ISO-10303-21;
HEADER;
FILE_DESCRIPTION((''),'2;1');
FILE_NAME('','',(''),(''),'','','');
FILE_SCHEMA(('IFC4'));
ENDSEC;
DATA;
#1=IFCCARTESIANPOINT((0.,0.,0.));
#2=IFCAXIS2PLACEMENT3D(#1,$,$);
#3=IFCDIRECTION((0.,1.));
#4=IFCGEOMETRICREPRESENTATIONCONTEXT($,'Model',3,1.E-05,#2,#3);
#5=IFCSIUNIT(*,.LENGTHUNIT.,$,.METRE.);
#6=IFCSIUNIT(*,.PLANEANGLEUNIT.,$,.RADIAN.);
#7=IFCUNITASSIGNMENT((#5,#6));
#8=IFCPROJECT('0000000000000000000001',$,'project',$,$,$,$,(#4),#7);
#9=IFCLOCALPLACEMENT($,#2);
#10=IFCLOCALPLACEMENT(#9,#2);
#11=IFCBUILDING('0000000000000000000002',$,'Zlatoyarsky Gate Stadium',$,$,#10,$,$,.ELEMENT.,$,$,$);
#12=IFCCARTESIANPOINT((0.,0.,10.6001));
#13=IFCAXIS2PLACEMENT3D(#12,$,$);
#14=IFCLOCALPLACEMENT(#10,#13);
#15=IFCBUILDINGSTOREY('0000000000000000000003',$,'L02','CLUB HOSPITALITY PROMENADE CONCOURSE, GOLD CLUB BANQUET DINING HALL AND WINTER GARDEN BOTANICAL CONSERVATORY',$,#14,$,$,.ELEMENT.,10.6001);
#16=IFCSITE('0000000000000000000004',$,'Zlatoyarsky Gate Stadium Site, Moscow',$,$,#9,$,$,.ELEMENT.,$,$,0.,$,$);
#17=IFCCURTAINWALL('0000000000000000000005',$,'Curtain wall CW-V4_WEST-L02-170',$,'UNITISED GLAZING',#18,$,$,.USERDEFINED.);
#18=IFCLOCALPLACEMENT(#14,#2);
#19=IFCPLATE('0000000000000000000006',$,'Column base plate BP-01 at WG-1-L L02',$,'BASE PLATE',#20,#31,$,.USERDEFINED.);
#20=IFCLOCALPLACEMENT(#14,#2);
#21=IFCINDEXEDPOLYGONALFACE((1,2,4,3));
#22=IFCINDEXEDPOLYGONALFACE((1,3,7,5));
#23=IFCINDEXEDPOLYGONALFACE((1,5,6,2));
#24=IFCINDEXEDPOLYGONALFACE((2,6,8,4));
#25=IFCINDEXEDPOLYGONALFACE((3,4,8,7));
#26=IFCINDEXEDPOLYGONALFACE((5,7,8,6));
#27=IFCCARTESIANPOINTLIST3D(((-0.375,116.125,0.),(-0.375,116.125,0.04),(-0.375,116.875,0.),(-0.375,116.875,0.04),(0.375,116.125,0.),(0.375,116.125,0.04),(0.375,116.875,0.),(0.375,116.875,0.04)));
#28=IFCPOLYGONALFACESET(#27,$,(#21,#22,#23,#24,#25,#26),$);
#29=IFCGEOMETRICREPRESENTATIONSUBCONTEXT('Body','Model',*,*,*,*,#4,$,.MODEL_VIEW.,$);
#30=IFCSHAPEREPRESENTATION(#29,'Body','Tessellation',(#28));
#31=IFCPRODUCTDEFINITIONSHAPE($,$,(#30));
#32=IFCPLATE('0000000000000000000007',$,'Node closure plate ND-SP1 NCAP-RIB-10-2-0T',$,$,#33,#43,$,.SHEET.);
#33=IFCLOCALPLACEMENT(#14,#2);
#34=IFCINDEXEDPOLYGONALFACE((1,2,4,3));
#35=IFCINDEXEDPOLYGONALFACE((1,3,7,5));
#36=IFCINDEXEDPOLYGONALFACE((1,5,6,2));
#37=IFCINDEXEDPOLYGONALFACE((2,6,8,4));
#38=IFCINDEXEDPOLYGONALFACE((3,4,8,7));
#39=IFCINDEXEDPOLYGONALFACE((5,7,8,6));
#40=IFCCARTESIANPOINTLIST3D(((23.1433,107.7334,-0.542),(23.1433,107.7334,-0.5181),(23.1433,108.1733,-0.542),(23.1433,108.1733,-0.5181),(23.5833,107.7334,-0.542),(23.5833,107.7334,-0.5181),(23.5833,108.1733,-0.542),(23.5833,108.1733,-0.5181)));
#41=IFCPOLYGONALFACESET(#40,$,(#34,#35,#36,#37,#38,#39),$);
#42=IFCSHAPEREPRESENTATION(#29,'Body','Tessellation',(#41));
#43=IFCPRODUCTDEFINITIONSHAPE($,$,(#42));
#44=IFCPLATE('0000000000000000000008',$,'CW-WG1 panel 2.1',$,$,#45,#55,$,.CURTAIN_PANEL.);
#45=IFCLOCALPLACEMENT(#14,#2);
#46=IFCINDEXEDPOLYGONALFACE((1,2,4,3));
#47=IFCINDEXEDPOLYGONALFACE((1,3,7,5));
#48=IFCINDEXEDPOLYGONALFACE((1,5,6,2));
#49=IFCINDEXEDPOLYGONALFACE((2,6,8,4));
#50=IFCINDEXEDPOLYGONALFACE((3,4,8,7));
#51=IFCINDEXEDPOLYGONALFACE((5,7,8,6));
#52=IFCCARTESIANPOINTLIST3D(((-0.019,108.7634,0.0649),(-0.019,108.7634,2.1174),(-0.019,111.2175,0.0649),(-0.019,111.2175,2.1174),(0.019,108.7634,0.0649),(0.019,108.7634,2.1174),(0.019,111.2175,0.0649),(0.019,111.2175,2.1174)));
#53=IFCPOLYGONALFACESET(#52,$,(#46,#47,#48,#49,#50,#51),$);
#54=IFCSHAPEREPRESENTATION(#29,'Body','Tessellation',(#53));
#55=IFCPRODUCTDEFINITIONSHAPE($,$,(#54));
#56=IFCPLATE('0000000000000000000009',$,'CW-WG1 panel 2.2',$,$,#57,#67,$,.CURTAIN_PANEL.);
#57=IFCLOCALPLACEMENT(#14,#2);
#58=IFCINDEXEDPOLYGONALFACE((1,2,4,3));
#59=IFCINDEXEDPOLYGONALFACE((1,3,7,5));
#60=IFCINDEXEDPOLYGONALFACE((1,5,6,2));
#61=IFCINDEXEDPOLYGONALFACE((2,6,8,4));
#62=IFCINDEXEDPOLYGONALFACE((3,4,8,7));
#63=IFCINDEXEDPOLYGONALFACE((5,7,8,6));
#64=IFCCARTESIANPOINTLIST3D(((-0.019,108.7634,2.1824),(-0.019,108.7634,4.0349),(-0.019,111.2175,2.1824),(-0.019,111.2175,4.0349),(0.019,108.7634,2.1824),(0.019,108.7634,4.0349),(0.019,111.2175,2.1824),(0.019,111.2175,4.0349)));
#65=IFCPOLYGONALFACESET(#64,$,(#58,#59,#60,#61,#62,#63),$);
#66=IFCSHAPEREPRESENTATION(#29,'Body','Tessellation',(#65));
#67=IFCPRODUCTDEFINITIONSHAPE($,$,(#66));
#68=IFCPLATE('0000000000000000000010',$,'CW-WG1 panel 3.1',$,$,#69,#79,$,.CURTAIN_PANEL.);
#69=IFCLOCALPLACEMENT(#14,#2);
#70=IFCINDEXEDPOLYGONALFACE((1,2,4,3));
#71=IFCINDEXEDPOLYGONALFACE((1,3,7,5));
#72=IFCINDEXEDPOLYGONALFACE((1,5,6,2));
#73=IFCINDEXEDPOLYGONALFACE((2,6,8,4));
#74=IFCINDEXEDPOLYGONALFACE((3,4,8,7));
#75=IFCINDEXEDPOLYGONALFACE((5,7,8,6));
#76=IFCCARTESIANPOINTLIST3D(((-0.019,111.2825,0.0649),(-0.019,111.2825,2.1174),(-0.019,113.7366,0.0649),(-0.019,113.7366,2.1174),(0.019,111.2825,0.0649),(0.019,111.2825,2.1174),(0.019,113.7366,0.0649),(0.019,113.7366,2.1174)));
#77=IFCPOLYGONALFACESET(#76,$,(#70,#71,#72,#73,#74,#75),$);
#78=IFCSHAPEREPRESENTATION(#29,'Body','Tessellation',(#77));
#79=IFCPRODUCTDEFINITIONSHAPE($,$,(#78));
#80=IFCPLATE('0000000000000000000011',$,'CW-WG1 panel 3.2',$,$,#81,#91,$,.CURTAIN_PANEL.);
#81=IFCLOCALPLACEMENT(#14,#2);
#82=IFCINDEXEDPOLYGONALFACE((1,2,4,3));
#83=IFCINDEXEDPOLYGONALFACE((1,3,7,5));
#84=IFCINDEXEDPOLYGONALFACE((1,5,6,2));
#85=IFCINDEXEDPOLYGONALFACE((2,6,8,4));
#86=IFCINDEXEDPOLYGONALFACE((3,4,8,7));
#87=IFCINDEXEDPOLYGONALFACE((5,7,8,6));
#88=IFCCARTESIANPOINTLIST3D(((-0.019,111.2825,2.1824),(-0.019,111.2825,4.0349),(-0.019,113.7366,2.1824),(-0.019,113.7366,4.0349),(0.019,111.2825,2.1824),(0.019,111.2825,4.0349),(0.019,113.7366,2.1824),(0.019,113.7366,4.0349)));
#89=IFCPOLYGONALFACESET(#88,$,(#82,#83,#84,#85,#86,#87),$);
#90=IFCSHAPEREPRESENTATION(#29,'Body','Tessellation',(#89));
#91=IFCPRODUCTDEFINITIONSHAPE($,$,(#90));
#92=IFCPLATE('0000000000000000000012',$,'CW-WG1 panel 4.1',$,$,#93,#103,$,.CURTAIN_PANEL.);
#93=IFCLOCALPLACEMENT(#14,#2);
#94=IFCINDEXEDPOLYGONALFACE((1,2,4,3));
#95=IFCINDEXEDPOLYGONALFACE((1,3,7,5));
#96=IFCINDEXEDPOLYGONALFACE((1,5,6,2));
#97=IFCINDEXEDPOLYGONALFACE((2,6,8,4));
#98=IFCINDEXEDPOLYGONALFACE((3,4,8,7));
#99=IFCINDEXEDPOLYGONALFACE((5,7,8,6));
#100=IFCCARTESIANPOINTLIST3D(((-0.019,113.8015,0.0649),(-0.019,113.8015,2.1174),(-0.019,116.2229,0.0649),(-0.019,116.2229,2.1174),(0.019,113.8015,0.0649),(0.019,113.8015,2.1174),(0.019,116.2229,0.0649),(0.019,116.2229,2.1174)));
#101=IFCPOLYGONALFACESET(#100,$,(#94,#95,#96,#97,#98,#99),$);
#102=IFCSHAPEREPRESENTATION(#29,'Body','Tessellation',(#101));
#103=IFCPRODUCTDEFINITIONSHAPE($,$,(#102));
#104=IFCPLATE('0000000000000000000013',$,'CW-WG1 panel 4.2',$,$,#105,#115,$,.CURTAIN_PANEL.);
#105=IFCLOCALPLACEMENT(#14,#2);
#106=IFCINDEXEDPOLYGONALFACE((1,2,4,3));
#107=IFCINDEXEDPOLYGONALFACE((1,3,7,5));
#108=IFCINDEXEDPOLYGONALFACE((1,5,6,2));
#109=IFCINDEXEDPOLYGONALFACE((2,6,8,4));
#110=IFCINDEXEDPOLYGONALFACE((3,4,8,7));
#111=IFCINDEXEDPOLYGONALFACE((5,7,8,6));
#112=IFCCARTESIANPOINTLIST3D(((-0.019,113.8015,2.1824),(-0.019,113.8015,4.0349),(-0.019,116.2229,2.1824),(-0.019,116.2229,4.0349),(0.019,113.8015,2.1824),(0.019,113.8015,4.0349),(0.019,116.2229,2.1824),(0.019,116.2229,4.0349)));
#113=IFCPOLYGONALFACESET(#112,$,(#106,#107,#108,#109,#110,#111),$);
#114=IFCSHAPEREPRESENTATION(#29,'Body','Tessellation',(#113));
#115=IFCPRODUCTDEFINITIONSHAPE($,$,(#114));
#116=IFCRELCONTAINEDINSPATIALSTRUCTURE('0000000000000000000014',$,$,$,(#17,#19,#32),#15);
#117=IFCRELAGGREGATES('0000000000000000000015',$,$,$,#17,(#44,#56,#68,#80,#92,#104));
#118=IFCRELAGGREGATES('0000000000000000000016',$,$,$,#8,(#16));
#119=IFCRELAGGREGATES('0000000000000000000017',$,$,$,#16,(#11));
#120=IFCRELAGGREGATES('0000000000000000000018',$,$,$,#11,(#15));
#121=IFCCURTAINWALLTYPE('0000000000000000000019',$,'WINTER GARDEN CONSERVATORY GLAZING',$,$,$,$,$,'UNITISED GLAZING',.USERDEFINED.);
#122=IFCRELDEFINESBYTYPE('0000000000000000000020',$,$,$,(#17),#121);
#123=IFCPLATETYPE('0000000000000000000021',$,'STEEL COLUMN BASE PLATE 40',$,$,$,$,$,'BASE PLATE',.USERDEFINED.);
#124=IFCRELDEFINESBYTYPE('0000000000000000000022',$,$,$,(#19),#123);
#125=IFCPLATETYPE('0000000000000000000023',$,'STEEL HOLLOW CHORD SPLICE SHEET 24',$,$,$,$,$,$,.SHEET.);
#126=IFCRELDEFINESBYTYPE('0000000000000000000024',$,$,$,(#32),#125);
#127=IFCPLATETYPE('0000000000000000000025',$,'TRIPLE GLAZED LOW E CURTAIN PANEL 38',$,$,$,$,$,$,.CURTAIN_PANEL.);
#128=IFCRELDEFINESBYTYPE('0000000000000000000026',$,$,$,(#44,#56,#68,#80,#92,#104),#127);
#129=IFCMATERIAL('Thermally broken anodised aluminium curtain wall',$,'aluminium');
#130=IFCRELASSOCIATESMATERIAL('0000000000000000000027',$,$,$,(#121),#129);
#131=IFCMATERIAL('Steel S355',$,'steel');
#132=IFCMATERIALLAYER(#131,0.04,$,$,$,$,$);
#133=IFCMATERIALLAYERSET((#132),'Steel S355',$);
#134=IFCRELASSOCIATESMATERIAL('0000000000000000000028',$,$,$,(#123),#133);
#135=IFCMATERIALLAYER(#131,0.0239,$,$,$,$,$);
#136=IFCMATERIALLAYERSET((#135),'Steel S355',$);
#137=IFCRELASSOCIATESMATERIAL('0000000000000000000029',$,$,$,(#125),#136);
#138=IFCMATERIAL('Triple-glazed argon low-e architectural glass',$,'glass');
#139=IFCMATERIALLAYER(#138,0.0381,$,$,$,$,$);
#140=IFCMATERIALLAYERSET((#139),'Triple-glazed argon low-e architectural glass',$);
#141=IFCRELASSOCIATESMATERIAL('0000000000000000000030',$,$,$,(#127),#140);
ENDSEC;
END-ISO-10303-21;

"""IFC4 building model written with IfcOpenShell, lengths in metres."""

from ifc_helpers import new_model, si_unit, direction, frame, origin, origin_2d, place, context, subcontext, project, spatial, rectangle, extrude, material, layer, layer_set, type_object, element, aggregate, save


model = new_model("IFC4")

# Units and contexts
model_context = context("Model", 3, precision=1e-05, world=origin(), true_north=direction((0.0, 1.0)))
body_context = subcontext(model_context, "Body", "Model", "MODEL_VIEW")
ifc_project = project(units=[si_unit("LENGTHUNIT", "METRE"), si_unit("PLANEANGLEUNIT", "RADIAN")], contexts=[model_context])

# Site, building, storey
site_placement = place(None, origin())
site = spatial("IfcSite", under=ifc_project, at=site_placement, Name="Zlatoyarsky Gate Stadium Site, Moscow", CompositionType="ELEMENT", RefElevation=0.0)
building_placement = place(site_placement, origin())
building = spatial("IfcBuilding", under=site, at=building_placement, Name="Zlatoyarsky Gate Stadium", CompositionType="ELEMENT")
storey_placement = place(building_placement, frame((0.0, 0.0, 10.6001)))
storey = spatial("IfcBuildingStorey", under=building, at=storey_placement, Name="L02", Description="CLUB HOSPITALITY PROMENADE CONCOURSE, GOLD CLUB BANQUET DINING HALL AND WINTER GARDEN BOTANICAL CONSERVATORY", CompositionType="ELEMENT", Elevation=10.6001)

# Shared definitions
ifc_material_1 = material(Name="Steel S355", Category="steel")

# Curtain wall
ifc_material_2 = material(Name="Thermally broken anodised aluminium curtain wall", Category="aluminium")
curtain_wall_type = type_object("IfcCurtainWallType", Name="WINTER GARDEN CONSERVATORY GLAZING", ElementType="UNITISED GLAZING", PredefinedType="USERDEFINED", material=ifc_material_2)
curtain_wall_placement = place(storey_placement, origin())
curtain_wall = element("IfcCurtainWall", 1, at=curtain_wall_placement, inside=storey, type_object=curtain_wall_type, Name="Curtain wall CW-V4_WEST-L02-170", ObjectType="UNITISED GLAZING", PredefinedType="USERDEFINED")

# Plates
ifc_layer_1 = layer(ifc_material_1, 0.04)
ifc_layer_set_1 = layer_set([ifc_layer_1], Name="Steel S355")
plate_type_1 = type_object("IfcPlateType", Name="STEEL COLUMN BASE PLATE 40", ElementType="BASE PLATE", PredefinedType="USERDEFINED", material=ifc_layer_set_1)
plate_1_placement = place(storey_placement, frame((0.0, 116.5, 0.0), z_axis=(0.0, 0.0, 1.0), x_axis=(1.0, 0.0, 0.0)))
element("IfcPlate", 2, at=plate_1_placement, inside=storey, type_object=plate_type_1, Name="Column base plate BP-01 at WG-1-L L02", ObjectType="BASE PLATE", PredefinedType="USERDEFINED", context=body_context, shape_type="SweptSolid", body=[
    extrude(rectangle(XDim=0.75, YDim=0.75, at=origin_2d()), origin(), (0.0, 0.0, 1.0), 0.04),
])
ifc_layer_2 = layer(ifc_material_1, 0.0239)
ifc_layer_set_2 = layer_set([ifc_layer_2], Name="Steel S355")
plate_type_2 = type_object("IfcPlateType", Name="STEEL HOLLOW CHORD SPLICE SHEET 24", PredefinedType="SHEET", material=ifc_layer_set_2)
plate_2_placement = place(storey_placement, frame((23.3633, 107.9534, -0.542), z_axis=(0.0, 0.0, 1.0), x_axis=(1.0, 0.0, 0.0)))
element("IfcPlate", 3, at=plate_2_placement, inside=storey, type_object=plate_type_2, Name="Node closure plate ND-SP1 NCAP-RIB-10-2-0T", PredefinedType="SHEET", context=body_context, shape_type="SweptSolid", body=[
    extrude(rectangle(XDim=0.4399, YDim=0.4399, at=origin_2d()), origin(), (0.0, 0.0, 1.0), 0.0239),
])

# Plates
ifc_material_3 = material(Name="Triple-glazed argon low-e architectural glass", Category="glass")
ifc_layer_3 = layer(ifc_material_3, 0.0381)
ifc_layer_set_3 = layer_set([ifc_layer_3], Name="Triple-glazed argon low-e architectural glass")
plate_type_3 = type_object("IfcPlateType", Name="TRIPLE GLAZED LOW E CURTAIN PANEL 38", PredefinedType="CURTAIN_PANEL", material=ifc_layer_set_3)
plate_3_placement = place(storey_placement, frame((0.0, 109.9905, 0.0649), z_axis=(0.0, 0.0, 1.0), x_axis=(0.0, 1.0, 0.0)))
plate_3 = element("IfcPlate", 4, at=plate_3_placement, type_object=plate_type_3, Name="CW-WG1 panel 2.1", PredefinedType="CURTAIN_PANEL", context=body_context, shape_type="SweptSolid", body=[
    extrude(rectangle(XDim=2.4541, YDim=0.0381, at=origin_2d()), origin(), (0.0, 0.0, 1.0), 2.0525),
])
plate_4_placement = place(storey_placement, frame((0.0, 109.9905, 2.1824), z_axis=(0.0, 0.0, 1.0), x_axis=(0.0, 1.0, 0.0)))
plate_4 = element("IfcPlate", 5, at=plate_4_placement, type_object=plate_type_3, Name="CW-WG1 panel 2.2", PredefinedType="CURTAIN_PANEL", context=body_context, shape_type="SweptSolid", body=[
    extrude(rectangle(XDim=2.4541, YDim=0.0381, at=origin_2d()), origin(), (0.0, 0.0, 1.0), 1.8525),
])
plate_5_placement = place(storey_placement, frame((0.0, 112.5095, 0.0649), z_axis=(0.0, 0.0, 1.0), x_axis=(0.0, 1.0, 0.0)))
plate_5 = element("IfcPlate", 6, at=plate_5_placement, type_object=plate_type_3, Name="CW-WG1 panel 3.1", PredefinedType="CURTAIN_PANEL", context=body_context, shape_type="SweptSolid", body=[
    extrude(rectangle(XDim=2.4541, YDim=0.0381, at=origin_2d()), origin(), (0.0, 0.0, 1.0), 2.0525),
])
plate_6_placement = place(storey_placement, frame((0.0, 112.5095, 2.1824), z_axis=(0.0, 0.0, 1.0), x_axis=(0.0, 1.0, 0.0)))
plate_6 = element("IfcPlate", 7, at=plate_6_placement, type_object=plate_type_3, Name="CW-WG1 panel 3.2", PredefinedType="CURTAIN_PANEL", context=body_context, shape_type="SweptSolid", body=[
    extrude(rectangle(XDim=2.4541, YDim=0.0381, at=origin_2d()), origin(), (0.0, 0.0, 1.0), 1.8525),
])
plate_7_placement = place(storey_placement, frame((0.0, 115.0122, 0.0649), z_axis=(0.0, 0.0, 1.0), x_axis=(0.0, 1.0, 0.0)))
plate_7 = element("IfcPlate", 8, at=plate_7_placement, type_object=plate_type_3, Name="CW-WG1 panel 4.1", PredefinedType="CURTAIN_PANEL", context=body_context, shape_type="SweptSolid", body=[
    extrude(rectangle(XDim=2.4214, YDim=0.0381, at=origin_2d()), origin(), (0.0, 0.0, 1.0), 2.0525),
])
plate_8_placement = place(storey_placement, frame((0.0, 115.0122, 2.1824), z_axis=(0.0, 0.0, 1.0), x_axis=(0.0, 1.0, 0.0)))
plate_8 = element("IfcPlate", 9, at=plate_8_placement, type_object=plate_type_3, Name="CW-WG1 panel 4.2", PredefinedType="CURTAIN_PANEL", context=body_context, shape_type="SweptSolid", body=[
    extrude(rectangle(XDim=2.4214, YDim=0.0381, at=origin_2d()), origin(), (0.0, 0.0, 1.0), 1.8525),
])
aggregate(curtain_wall, [plate_3, plate_4, plate_5, plate_6, plate_7, plate_8])

save(model, "model.ifc")
